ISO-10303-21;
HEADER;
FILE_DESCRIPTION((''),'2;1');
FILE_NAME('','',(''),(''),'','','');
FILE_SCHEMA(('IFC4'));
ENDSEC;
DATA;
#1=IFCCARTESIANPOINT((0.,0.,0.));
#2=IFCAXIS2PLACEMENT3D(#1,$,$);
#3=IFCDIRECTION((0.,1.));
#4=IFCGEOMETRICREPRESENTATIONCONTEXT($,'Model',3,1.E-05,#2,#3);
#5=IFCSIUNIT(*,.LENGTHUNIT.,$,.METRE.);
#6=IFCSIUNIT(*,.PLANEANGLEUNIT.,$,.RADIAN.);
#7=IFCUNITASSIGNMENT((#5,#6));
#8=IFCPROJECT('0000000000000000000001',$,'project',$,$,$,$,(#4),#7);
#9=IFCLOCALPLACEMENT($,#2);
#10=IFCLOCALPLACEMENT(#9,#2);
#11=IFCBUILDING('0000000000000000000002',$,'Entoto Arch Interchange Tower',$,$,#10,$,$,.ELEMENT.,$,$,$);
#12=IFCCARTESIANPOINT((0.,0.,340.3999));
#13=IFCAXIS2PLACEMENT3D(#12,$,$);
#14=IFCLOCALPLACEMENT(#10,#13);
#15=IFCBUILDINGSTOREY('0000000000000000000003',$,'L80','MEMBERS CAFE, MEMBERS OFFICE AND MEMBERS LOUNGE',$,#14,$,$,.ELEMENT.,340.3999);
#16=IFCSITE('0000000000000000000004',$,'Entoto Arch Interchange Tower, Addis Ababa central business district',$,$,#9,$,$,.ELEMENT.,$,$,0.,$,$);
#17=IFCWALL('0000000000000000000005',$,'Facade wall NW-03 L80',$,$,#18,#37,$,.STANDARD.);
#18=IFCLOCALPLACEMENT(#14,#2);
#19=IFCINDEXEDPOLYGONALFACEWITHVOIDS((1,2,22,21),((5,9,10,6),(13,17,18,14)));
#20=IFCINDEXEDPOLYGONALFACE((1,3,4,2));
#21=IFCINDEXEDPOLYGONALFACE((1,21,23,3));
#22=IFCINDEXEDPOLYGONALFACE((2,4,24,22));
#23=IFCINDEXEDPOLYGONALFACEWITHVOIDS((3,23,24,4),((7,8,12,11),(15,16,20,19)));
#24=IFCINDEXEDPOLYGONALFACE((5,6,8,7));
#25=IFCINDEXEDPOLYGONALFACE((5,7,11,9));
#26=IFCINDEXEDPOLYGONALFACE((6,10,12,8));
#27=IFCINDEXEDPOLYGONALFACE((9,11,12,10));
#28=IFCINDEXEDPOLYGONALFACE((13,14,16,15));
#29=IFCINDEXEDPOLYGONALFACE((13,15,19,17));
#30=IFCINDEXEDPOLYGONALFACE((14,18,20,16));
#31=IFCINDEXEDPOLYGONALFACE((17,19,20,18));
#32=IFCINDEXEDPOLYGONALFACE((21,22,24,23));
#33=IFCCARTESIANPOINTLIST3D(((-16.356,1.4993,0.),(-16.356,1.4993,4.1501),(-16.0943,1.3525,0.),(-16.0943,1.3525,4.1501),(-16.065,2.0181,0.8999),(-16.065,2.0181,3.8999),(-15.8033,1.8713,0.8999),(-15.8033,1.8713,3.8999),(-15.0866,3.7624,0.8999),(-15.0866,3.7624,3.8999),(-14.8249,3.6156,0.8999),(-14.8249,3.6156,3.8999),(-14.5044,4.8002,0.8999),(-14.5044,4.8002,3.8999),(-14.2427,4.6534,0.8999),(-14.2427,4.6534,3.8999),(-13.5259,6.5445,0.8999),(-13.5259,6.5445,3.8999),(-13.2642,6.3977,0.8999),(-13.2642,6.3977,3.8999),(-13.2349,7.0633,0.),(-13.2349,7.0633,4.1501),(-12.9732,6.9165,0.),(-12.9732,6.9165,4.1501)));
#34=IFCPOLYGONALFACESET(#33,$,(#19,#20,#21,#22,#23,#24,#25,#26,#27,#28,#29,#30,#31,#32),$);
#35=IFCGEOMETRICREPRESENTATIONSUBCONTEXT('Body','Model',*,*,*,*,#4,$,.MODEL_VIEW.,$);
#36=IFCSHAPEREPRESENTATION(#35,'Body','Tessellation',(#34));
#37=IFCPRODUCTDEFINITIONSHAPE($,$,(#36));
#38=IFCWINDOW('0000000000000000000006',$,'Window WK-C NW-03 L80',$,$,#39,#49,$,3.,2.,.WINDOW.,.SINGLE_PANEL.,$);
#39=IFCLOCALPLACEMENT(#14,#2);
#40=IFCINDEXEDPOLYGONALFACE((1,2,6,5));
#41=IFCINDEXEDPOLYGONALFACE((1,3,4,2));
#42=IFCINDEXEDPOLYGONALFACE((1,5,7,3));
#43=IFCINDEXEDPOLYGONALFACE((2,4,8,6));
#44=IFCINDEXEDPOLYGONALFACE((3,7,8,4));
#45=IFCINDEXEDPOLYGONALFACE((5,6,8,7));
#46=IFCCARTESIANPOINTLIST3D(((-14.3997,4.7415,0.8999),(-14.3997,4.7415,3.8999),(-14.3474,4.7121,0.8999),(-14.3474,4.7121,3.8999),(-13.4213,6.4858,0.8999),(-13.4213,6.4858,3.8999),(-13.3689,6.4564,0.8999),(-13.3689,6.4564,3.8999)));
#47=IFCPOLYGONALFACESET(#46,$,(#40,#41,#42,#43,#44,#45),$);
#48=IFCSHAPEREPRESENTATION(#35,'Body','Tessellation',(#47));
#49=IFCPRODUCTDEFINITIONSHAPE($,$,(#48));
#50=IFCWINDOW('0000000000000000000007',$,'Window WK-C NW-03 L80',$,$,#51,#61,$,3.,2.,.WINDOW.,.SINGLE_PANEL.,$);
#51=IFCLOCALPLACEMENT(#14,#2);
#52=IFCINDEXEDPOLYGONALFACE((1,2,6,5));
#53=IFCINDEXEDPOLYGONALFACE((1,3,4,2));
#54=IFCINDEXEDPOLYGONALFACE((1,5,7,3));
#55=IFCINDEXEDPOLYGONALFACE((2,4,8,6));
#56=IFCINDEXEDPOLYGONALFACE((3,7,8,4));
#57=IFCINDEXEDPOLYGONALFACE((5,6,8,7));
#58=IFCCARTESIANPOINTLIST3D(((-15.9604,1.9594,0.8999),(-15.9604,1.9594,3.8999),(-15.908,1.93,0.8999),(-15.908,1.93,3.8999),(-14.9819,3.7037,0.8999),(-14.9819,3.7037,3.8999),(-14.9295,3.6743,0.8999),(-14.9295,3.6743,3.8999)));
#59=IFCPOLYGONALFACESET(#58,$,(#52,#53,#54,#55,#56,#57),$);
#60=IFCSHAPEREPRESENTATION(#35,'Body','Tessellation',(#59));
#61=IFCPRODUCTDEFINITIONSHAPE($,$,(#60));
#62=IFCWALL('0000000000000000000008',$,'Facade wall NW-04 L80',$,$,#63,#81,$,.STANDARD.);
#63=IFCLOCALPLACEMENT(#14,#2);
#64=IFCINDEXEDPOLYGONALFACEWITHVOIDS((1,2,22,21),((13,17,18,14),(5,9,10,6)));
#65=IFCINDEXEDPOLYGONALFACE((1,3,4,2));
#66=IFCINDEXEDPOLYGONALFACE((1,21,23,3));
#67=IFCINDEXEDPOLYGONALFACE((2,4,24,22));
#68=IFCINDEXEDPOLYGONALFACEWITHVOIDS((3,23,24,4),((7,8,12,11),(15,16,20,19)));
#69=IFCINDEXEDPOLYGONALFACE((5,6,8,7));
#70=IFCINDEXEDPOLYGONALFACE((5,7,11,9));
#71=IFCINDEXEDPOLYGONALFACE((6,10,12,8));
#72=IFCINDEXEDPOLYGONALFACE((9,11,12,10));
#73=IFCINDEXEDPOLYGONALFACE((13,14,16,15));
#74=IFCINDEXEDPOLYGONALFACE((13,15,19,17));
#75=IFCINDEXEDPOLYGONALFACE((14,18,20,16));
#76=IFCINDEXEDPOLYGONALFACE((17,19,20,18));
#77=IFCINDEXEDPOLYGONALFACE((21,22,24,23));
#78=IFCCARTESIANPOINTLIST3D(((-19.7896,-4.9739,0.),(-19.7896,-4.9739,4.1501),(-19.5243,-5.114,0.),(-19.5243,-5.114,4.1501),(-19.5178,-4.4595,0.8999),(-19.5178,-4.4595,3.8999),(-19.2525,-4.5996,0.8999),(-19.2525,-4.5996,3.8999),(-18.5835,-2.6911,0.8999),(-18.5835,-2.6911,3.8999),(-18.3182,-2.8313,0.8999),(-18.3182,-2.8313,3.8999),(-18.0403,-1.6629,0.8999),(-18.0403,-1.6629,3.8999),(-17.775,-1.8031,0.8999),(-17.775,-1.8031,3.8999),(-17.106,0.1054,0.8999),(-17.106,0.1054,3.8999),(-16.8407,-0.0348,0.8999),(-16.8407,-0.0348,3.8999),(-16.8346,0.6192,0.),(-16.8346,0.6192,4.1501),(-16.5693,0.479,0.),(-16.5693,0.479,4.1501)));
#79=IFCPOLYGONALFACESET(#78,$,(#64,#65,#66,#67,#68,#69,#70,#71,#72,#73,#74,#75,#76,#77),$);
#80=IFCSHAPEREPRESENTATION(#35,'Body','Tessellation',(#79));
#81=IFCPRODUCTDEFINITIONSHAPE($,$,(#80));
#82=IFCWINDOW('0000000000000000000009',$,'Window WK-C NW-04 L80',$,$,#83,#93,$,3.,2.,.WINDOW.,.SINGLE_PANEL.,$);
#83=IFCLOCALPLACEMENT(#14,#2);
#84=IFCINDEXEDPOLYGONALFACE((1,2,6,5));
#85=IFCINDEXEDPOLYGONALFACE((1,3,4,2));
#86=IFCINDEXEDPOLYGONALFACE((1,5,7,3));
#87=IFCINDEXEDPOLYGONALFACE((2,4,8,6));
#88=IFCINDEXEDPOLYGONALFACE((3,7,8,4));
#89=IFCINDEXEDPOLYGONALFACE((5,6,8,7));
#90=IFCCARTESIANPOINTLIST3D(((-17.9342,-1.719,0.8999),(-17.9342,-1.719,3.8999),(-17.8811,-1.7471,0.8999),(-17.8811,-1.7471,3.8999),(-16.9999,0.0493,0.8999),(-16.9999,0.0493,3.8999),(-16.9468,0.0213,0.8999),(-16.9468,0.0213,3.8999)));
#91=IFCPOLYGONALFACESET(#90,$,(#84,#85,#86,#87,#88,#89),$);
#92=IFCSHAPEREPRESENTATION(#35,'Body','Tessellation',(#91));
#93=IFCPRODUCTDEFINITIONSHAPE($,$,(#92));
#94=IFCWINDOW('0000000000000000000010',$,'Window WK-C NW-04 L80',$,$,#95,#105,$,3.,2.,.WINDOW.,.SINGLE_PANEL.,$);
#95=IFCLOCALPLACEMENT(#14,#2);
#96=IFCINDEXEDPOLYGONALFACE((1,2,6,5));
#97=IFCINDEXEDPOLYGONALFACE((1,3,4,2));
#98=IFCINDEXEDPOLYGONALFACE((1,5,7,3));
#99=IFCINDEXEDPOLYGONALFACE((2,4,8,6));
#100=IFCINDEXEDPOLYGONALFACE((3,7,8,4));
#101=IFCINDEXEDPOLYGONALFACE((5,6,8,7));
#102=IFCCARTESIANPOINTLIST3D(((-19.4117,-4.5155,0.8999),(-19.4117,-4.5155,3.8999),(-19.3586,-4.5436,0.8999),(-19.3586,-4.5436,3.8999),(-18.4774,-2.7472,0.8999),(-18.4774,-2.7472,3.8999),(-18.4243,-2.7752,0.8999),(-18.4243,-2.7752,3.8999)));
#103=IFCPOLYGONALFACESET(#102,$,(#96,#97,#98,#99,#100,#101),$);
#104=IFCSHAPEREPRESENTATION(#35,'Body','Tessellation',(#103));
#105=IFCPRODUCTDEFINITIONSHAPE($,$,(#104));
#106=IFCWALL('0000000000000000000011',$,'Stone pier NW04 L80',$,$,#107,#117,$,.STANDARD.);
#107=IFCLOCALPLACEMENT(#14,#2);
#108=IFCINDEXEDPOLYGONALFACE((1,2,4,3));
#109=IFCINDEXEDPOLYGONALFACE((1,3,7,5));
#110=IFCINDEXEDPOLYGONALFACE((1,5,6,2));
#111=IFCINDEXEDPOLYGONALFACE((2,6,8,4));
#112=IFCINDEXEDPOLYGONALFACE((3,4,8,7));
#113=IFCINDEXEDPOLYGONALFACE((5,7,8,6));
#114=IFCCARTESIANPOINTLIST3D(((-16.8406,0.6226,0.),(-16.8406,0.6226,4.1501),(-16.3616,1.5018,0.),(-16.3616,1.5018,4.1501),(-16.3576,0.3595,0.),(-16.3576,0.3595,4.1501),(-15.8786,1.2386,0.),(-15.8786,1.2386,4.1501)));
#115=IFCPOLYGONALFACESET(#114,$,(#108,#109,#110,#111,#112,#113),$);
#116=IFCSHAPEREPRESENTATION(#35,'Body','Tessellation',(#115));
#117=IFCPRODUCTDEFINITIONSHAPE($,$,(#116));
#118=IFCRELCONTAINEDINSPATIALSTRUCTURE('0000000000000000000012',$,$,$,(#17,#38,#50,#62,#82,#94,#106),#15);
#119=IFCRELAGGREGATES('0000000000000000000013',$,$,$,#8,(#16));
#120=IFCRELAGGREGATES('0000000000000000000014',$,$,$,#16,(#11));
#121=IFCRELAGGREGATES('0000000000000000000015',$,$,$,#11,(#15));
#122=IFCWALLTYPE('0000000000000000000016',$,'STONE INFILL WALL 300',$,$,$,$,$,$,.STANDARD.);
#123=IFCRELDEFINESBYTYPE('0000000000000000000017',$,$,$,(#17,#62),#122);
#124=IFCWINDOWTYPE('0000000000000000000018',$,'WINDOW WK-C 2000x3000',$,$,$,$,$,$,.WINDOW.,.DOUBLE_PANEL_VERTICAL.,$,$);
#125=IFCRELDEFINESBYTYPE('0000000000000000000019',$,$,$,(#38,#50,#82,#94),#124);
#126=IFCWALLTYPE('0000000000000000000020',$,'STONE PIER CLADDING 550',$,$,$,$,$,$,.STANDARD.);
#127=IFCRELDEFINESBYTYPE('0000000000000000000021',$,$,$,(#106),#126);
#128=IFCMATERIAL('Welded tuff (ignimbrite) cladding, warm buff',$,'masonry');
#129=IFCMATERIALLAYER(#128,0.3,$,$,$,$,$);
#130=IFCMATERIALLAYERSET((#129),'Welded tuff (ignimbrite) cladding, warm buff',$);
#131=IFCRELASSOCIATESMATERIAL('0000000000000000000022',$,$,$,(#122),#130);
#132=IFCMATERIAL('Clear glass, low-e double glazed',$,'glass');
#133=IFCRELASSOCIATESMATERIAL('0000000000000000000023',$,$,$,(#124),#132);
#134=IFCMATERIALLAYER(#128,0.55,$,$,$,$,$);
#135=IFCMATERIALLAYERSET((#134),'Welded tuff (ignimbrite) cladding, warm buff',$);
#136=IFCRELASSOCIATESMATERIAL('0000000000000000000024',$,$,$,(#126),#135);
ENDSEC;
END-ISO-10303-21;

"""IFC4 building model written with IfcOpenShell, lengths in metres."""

from ifc_helpers import new_model, si_unit, direction, frame, frame_2d, origin, place, context, subcontext, project, spatial, rectangle, extrude, material, layer, layer_set, type_object, element, fill, save


model = new_model("IFC4")

# Units and contexts
model_context = context("Model", 3, precision=1e-05, world=origin(), true_north=direction((0.0, 1.0)))
body_context = subcontext(model_context, "Body", "Model", "MODEL_VIEW")
ifc_project = project(units=[si_unit("LENGTHUNIT", "METRE"), si_unit("PLANEANGLEUNIT", "RADIAN")], contexts=[model_context])

# Site, building, storey
site_placement = place(None, origin())
site = spatial("IfcSite", under=ifc_project, at=site_placement, Name="Entoto Arch Interchange Tower, Addis Ababa central business district", CompositionType="ELEMENT", RefElevation=0.0)
building_placement = place(site_placement, origin())
building = spatial("IfcBuilding", under=site, at=building_placement, Name="Entoto Arch Interchange Tower", CompositionType="ELEMENT")
storey_placement = place(building_placement, frame((0.0, 0.0, 340.3999)))
storey = spatial("IfcBuildingStorey", under=building, at=storey_placement, Name="L80", Description="MEMBERS CAFE, MEMBERS OFFICE AND MEMBERS LOUNGE", CompositionType="ELEMENT", Elevation=340.3999)

# Walls, openings, windows
ifc_material_1 = material(Name="Welded tuff (ignimbrite) cladding, warm buff", Category="masonry")
ifc_layer_1 = layer(ifc_material_1, 0.3)
ifc_layer_set_1 = layer_set([ifc_layer_1], Name="Welded tuff (ignimbrite) cladding, warm buff")
wall_type_1 = type_object("IfcWallType", Name="STONE INFILL WALL 300", PredefinedType="STANDARD", material=ifc_layer_set_1)
wall_1_placement = place(storey_placement, frame((-13.104, 6.99, 0.0), z_axis=(0.0, 0.0, 1.0), x_axis=(-0.489233, -0.872153, 0.0)))
wall_1 = element("IfcWall", 1, at=wall_1_placement, inside=storey, type_object=wall_type_1, Name="Facade wall NW-03 L80", PredefinedType="STANDARD", context=body_context, shape_type="SweptSolid", body=[
    extrude(rectangle(XDim=6.3796, YDim=0.3, at=frame_2d((3.1899, 0.0))), origin(), (0.0, 0.0, 1.0), 4.1501),
])
opening_1_placement = place(wall_1_placement, frame((0.595, 0.0, 0.8999)))
opening_1 = element("IfcOpeningElement", 2, at=opening_1_placement, cuts=wall_1, PredefinedType="OPENING", context=body_context, shape_type="SweptSolid", body=[
    extrude(rectangle(XDim=2.0, YDim=3.0, at=frame_2d((1.0, 1.5))), frame((0.0, 0.1602, 0.0), z_axis=(0.0, -1.0, 0.0), x_axis=(1.0, 0.0, 0.0)), (0.0, 0.0, 1.0), 0.3201),
])
opening_2_placement = place(wall_1_placement, frame((3.7849, 0.0, 0.8999)))
opening_2 = element("IfcOpeningElement", 3, at=opening_2_placement, cuts=wall_1, PredefinedType="OPENING", context=body_context, shape_type="SweptSolid", body=[
    extrude(rectangle(XDim=2.0, YDim=3.0, at=frame_2d((1.0, 1.5))), frame((0.0, 0.1602, 0.0), z_axis=(0.0, -1.0, 0.0), x_axis=(1.0, 0.0, 0.0)), (0.0, 0.0, 1.0), 0.3201),
])
ifc_material_2 = material(Name="Clear glass, low-e double glazed", Category="glass")
window_type = type_object("IfcWindowType", Name="WINDOW WK-C 2000x3000", PartitioningType="DOUBLE_PANEL_VERTICAL", PredefinedType="WINDOW", material=ifc_material_2)
window_1_placement = place(opening_1_placement, origin())
window_1 = element("IfcWindow", 4, at=window_1_placement, inside=storey, type_object=window_type, Name="Window WK-C NW-03 L80", OverallHeight=3.0, OverallWidth=2.0, PartitioningType="SINGLE_PANEL", PredefinedType="WINDOW", context=body_context, shape_type="SweptSolid", body=[
    extrude(rectangle(XDim=2.0, YDim=3.0, at=frame_2d((1.0, 1.5))), frame((0.0, 0.03, 0.0), z_axis=(0.0, -1.0, 0.0), x_axis=(1.0, 0.0, 0.0)), (0.0, 0.0, 1.0), 0.0601),
])
fill(opening_1, window_1)
window_2_placement = place(opening_2_placement, origin())
window_2 = element("IfcWindow", 5, at=window_2_placement, inside=storey, type_object=window_type, Name="Window WK-C NW-03 L80", OverallHeight=3.0, OverallWidth=2.0, PartitioningType="SINGLE_PANEL", PredefinedType="WINDOW", context=body_context, shape_type="SweptSolid", body=[
    extrude(rectangle(XDim=2.0, YDim=3.0, at=frame_2d((1.0, 1.5))), frame((0.0, 0.03, 0.0), z_axis=(0.0, -1.0, 0.0), x_axis=(1.0, 0.0, 0.0)), (0.0, 0.0, 1.0), 0.0601),
])
fill(opening_2, window_2)
wall_2_placement = place(storey_placement, frame((-16.7019, 0.5491, 0.0), z_axis=(0.0, 0.0, 1.0), x_axis=(-0.467155, -0.884175, 0.0)))
wall_2 = element("IfcWall", 6, at=wall_2_placement, inside=storey, type_object=wall_type_1, Name="Facade wall NW-04 L80", PredefinedType="STANDARD", context=body_context, shape_type="SweptSolid", body=[
    extrude(rectangle(XDim=6.3257, YDim=0.3, at=frame_2d((3.1628, 0.0))), origin(), (0.0, 0.0, 1.0), 4.1501),
])
opening_3_placement = place(wall_2_placement, frame((0.5811, 0.0, 0.8999)))
opening_3 = element("IfcOpeningElement", 7, at=opening_3_placement, cuts=wall_2, PredefinedType="OPENING", context=body_context, shape_type="SweptSolid", body=[
    extrude(rectangle(XDim=2.0, YDim=3.0, at=frame_2d((1.0, 1.5))), frame((0.0, 0.1602, 0.0), z_axis=(0.0, -1.0, 0.0), x_axis=(1.0, 0.0, 0.0)), (0.0, 0.0, 1.0), 0.3201),
])
opening_4_placement = place(wall_2_placement, frame((3.7439, 0.0, 0.8999)))
opening_4 = element("IfcOpeningElement", 8, at=opening_4_placement, cuts=wall_2, PredefinedType="OPENING", context=body_context, shape_type="SweptSolid", body=[
    extrude(rectangle(XDim=2.0, YDim=3.0, at=frame_2d((1.0, 1.5))), frame((0.0, 0.1602, 0.0), z_axis=(0.0, -1.0, 0.0), x_axis=(1.0, 0.0, 0.0)), (0.0, 0.0, 1.0), 0.3201),
])
window_3_placement = place(opening_3_placement, origin())
window_3 = element("IfcWindow", 9, at=window_3_placement, inside=storey, type_object=window_type, Name="Window WK-C NW-04 L80", OverallHeight=3.0, OverallWidth=2.0, PartitioningType="SINGLE_PANEL", PredefinedType="WINDOW", context=body_context, shape_type="SweptSolid", body=[
    extrude(rectangle(XDim=2.0, YDim=3.0, at=frame_2d((1.0, 1.5))), frame((0.0, 0.03, 0.0), z_axis=(0.0, -1.0, 0.0), x_axis=(1.0, 0.0, 0.0)), (0.0, 0.0, 1.0), 0.0601),
])
fill(opening_3, window_3)
window_4_placement = place(opening_4_placement, origin())
window_4 = element("IfcWindow", 10, at=window_4_placement, inside=storey, type_object=window_type, Name="Window WK-C NW-04 L80", OverallHeight=3.0, OverallWidth=2.0, PartitioningType="SINGLE_PANEL", PredefinedType="WINDOW", context=body_context, shape_type="SweptSolid", body=[
    extrude(rectangle(XDim=2.0, YDim=3.0, at=frame_2d((1.0, 1.5))), frame((0.0, 0.03, 0.0), z_axis=(0.0, -1.0, 0.0), x_axis=(1.0, 0.0, 0.0)), (0.0, 0.0, 1.0), 0.0601),
])
fill(opening_4, window_4)

# Wall
ifc_layer_2 = layer(ifc_material_1, 0.55)
ifc_layer_set_2 = layer_set([ifc_layer_2], Name="Welded tuff (ignimbrite) cladding, warm buff")
wall_type_2 = type_object("IfcWallType", Name="STONE PIER CLADDING 550", PredefinedType="STANDARD", material=ifc_layer_set_2)
wall_3_placement = place(storey_placement, frame((-16.1201, 1.3701, 0.0), z_axis=(0.0, 0.0, 1.0), x_axis=(-0.478442, -0.878119, 0.0)))
element("IfcWall", 11, at=wall_3_placement, inside=storey, type_object=wall_type_2, Name="Stone pier NW04 L80", PredefinedType="STANDARD", context=body_context, shape_type="SweptSolid", body=[
    extrude(rectangle(XDim=1.0012, YDim=0.55, at=frame_2d((0.5005, 0.0))), origin(), (0.0, 0.0, 1.0), 4.1501),
])

save(model, "model.ifc")
